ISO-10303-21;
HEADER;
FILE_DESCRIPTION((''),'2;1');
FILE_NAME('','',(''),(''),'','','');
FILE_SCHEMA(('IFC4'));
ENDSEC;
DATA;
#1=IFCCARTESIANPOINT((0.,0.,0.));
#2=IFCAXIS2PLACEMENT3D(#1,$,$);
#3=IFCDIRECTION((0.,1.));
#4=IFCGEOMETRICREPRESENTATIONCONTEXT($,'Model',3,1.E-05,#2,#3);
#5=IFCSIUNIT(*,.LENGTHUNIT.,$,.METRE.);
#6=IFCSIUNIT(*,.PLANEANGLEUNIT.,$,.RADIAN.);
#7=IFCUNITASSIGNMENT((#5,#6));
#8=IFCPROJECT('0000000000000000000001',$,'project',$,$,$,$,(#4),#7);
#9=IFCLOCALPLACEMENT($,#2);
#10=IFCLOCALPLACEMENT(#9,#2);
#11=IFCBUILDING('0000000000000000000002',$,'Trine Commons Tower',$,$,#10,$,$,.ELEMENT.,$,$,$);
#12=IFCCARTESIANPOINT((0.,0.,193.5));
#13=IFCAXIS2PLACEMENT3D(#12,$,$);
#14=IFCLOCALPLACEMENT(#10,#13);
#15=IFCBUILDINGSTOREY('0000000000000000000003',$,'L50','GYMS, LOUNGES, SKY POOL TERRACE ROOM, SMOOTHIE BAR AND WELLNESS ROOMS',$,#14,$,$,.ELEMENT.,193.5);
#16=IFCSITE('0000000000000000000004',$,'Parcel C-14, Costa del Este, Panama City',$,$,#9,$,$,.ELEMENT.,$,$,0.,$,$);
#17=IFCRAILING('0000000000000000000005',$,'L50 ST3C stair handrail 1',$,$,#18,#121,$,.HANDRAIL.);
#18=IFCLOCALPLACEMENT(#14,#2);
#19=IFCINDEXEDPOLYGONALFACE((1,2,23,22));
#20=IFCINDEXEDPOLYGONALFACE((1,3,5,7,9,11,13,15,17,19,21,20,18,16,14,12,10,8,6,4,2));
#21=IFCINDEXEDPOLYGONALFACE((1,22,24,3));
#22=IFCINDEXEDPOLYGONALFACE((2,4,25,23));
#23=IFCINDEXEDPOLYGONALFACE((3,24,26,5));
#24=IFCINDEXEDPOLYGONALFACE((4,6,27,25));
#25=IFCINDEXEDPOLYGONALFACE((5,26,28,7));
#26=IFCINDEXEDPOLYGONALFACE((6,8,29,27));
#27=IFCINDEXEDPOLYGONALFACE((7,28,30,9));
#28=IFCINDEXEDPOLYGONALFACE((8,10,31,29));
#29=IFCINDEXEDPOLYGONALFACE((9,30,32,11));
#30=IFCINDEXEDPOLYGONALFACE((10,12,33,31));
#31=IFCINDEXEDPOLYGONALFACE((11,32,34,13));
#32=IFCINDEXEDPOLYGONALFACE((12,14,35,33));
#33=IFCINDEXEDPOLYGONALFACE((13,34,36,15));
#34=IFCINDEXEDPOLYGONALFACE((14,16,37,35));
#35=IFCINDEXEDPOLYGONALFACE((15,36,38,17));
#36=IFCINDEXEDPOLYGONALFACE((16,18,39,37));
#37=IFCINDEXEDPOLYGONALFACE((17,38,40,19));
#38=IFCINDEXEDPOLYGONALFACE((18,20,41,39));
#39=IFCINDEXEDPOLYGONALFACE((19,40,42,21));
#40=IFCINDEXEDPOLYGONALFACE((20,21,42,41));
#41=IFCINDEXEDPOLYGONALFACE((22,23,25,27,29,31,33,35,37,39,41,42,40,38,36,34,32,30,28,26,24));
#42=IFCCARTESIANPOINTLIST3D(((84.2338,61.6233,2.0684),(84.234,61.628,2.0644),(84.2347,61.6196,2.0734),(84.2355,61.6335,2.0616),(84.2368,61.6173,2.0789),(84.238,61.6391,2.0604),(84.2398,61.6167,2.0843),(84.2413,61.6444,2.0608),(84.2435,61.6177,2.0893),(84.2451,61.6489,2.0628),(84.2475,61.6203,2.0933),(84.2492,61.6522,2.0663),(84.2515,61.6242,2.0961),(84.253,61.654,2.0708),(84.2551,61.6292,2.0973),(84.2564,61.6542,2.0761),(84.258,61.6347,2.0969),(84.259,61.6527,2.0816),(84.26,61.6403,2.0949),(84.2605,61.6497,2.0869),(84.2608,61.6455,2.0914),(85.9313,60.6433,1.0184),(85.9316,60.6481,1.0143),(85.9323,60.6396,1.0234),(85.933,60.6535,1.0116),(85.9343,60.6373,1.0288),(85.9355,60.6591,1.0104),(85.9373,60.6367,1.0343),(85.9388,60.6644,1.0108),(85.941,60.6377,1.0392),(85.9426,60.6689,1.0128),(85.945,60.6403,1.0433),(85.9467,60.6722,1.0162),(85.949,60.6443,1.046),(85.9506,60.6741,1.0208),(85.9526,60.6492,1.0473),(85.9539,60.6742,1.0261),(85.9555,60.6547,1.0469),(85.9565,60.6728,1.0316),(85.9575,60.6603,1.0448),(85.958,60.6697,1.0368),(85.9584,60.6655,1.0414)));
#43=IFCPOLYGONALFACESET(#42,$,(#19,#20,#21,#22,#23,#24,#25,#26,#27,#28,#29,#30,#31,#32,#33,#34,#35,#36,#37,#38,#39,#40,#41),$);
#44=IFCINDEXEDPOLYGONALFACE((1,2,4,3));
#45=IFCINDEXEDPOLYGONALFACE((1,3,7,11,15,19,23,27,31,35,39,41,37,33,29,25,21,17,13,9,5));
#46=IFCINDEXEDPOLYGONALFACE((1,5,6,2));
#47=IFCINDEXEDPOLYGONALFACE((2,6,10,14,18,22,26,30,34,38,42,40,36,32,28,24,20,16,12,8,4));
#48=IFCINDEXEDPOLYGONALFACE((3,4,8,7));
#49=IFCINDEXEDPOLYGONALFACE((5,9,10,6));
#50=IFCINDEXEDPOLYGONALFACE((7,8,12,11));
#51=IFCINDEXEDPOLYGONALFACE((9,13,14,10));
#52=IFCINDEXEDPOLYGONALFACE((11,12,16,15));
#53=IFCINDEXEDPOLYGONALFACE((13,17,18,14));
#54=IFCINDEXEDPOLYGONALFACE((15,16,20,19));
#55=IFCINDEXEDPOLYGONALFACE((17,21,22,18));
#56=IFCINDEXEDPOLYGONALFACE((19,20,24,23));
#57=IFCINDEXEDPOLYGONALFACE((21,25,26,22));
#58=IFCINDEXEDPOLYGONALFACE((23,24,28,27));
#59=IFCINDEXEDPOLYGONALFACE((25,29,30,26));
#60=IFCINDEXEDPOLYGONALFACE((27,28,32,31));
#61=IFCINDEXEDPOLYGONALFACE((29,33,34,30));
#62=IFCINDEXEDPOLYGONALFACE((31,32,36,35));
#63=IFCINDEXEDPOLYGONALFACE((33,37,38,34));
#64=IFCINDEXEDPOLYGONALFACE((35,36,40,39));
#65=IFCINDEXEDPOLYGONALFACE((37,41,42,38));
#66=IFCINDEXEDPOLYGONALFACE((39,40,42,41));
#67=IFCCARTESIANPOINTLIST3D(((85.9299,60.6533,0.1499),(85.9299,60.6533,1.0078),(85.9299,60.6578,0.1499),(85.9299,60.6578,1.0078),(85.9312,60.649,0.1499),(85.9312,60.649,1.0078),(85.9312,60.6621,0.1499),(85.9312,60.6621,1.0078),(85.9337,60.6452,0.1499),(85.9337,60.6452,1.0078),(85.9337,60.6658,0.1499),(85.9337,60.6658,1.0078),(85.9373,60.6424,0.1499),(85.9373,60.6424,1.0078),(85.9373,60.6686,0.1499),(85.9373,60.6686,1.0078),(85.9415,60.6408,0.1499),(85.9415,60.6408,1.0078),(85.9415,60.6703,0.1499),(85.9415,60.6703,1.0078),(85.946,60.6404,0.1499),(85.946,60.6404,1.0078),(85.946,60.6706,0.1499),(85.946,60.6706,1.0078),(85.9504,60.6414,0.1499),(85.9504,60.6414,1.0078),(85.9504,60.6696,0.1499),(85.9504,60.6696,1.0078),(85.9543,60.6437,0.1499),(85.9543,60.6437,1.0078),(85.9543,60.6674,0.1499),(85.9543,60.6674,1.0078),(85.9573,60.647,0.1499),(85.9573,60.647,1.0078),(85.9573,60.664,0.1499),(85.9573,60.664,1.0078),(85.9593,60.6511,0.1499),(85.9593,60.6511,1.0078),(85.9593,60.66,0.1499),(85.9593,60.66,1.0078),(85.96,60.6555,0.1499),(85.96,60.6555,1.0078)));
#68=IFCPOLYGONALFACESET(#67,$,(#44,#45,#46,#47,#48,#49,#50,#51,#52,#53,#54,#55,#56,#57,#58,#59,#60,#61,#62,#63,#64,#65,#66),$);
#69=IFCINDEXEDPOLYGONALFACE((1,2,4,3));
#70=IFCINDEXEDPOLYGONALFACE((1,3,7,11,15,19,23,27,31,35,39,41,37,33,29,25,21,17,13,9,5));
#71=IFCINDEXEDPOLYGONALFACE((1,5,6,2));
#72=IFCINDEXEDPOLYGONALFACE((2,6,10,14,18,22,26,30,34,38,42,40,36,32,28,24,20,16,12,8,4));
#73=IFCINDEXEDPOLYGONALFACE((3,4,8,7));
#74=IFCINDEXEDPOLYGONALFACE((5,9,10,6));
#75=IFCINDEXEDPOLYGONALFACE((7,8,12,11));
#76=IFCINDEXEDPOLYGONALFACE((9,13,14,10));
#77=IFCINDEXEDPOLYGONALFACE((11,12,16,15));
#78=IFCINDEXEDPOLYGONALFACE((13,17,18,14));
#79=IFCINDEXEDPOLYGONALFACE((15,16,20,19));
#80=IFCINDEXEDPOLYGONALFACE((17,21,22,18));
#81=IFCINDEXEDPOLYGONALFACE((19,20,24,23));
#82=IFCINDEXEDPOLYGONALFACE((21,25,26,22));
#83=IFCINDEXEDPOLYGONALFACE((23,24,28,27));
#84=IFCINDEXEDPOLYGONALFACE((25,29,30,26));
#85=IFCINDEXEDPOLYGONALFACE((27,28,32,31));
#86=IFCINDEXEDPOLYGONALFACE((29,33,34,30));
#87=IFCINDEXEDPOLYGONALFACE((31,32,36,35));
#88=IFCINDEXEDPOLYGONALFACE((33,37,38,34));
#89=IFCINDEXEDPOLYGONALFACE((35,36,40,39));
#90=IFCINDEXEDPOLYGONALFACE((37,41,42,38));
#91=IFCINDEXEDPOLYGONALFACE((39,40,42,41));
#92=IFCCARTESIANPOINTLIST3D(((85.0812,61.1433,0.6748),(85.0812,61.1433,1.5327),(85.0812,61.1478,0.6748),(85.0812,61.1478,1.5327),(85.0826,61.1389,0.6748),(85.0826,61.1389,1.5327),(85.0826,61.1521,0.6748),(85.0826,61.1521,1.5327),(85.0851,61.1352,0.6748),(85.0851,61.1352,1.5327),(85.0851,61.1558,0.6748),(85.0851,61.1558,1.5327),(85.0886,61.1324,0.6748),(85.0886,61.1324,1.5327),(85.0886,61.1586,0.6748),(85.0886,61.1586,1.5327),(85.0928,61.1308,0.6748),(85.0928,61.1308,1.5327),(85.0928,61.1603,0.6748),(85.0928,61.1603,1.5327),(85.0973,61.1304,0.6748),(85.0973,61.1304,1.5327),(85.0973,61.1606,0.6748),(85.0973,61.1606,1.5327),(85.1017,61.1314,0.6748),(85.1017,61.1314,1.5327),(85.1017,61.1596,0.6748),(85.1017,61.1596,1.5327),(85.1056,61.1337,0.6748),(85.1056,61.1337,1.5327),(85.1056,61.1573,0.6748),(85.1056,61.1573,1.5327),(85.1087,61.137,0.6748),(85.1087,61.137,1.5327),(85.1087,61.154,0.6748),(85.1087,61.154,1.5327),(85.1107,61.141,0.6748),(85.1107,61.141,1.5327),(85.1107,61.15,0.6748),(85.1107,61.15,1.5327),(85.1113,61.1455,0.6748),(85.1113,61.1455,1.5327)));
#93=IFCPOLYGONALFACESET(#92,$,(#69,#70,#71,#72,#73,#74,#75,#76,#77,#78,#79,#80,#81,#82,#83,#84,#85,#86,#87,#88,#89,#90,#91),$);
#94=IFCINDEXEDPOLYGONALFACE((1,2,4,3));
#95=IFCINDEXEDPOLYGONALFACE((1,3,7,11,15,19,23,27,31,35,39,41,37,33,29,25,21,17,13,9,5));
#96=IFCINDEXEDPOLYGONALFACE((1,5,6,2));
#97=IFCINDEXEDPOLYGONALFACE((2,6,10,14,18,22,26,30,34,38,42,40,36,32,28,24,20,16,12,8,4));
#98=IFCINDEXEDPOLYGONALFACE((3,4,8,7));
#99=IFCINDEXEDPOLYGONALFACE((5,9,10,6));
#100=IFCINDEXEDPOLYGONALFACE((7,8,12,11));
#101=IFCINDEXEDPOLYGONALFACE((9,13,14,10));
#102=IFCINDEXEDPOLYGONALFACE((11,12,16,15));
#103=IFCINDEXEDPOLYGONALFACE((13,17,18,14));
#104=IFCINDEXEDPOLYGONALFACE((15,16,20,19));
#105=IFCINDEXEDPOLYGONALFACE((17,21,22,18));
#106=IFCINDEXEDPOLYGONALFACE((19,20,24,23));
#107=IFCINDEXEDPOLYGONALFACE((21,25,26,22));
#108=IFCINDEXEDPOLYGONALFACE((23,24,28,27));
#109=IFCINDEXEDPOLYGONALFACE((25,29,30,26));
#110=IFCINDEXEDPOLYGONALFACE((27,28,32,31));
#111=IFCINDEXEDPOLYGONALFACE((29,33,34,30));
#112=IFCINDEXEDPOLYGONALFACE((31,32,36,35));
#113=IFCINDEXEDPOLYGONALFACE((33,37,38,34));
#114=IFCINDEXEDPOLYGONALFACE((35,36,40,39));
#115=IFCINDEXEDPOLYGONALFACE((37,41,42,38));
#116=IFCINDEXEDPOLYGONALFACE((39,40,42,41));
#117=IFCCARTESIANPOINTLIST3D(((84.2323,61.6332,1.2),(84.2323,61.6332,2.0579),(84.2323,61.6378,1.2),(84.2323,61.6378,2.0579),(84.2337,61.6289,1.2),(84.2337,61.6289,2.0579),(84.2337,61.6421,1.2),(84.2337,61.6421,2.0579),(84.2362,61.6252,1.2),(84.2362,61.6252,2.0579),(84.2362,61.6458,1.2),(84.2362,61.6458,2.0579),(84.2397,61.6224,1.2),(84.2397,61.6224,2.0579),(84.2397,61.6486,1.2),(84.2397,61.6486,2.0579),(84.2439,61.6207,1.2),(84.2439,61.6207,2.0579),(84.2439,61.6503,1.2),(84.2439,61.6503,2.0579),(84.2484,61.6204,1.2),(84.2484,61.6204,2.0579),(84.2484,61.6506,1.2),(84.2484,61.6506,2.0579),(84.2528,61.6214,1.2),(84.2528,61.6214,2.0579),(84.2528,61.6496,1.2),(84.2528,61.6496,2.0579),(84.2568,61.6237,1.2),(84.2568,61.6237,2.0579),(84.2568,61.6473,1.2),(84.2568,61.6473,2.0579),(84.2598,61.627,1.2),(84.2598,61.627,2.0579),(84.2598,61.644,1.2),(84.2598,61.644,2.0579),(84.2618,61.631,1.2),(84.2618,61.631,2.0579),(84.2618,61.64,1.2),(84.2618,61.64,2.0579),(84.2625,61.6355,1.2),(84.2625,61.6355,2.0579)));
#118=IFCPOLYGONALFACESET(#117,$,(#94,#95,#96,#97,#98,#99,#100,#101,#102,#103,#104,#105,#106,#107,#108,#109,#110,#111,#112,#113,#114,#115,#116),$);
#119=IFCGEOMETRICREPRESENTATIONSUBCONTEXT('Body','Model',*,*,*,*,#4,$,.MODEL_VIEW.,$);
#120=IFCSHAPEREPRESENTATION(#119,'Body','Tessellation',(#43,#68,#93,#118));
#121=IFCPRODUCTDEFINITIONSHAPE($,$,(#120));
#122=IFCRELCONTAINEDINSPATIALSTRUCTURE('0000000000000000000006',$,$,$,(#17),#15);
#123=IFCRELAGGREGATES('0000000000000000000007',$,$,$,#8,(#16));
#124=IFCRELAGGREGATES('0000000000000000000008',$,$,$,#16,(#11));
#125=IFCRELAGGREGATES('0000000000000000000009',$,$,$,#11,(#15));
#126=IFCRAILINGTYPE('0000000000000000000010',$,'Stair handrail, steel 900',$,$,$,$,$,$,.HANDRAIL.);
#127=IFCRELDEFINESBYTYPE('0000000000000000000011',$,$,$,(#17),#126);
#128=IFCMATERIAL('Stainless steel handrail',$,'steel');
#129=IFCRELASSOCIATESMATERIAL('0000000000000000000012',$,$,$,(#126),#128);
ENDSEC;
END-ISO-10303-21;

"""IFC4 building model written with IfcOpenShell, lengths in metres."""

from ifc_helpers import new_model, si_unit, direction, frame, origin, origin_2d, place, context, subcontext, project, spatial, circle, extrude, material, type_object, element, save


model = new_model("IFC4")

# Units and contexts
model_context = context("Model", 3, precision=1e-05, world=origin(), true_north=direction((0.0, 1.0)))
body_context = subcontext(model_context, "Body", "Model", "MODEL_VIEW")
ifc_project = project(units=[si_unit("LENGTHUNIT", "METRE"), si_unit("PLANEANGLEUNIT", "RADIAN")], contexts=[model_context])

# Site, building, storey
site_placement = place(None, origin())
site = spatial("IfcSite", under=ifc_project, at=site_placement, Name="Parcel C-14, Costa del Este, Panama City", CompositionType="ELEMENT", RefElevation=0.0)
building_placement = place(site_placement, origin())
building = spatial("IfcBuilding", under=site, at=building_placement, Name="Trine Commons Tower", CompositionType="ELEMENT")
storey_placement = place(building_placement, frame((0.0, 0.0, 193.5)))
storey = spatial("IfcBuildingStorey", under=building, at=storey_placement, Name="L50", Description="GYMS, LOUNGES, SKY POOL TERRACE ROOM, SMOOTHIE BAR AND WELLNESS ROOMS", CompositionType="ELEMENT", Elevation=193.5)

# Railing
ifc_material_1 = material(Name="Stainless steel handrail", Category="steel")
railing_type_1 = type_object("IfcRailingType", Name="Stair handrail, steel 900", PredefinedType="HANDRAIL", material=ifc_material_1)
railing_1_placement = place(storey_placement, frame((85.9448, 60.6555, 0.1499)))
element("IfcRailing", 1, at=railing_1_placement, inside=storey, type_object=railing_type_1, Name="L50 ST3C stair handrail 1", PredefinedType="HANDRAIL", context=body_context, shape_type="SweptSolid", body=[
    extrude(circle(Radius=0.021, at=origin_2d()), frame((0.0, 0.0, 0.8789), z_axis=(-0.763398, 0.440713, 0.472224), x_axis=(-0.49997, -0.866042, 0.0)), (0.0, 0.0, 1.0), 2.2236),
    extrude(circle(Radius=0.0151, at=origin_2d()), origin(), (0.0, 0.0, 1.0), 0.8579),
    extrude(circle(Radius=0.0151, at=origin_2d()), frame((-0.8486, 0.49, 0.5249)), (0.0, 0.0, 1.0), 0.8579),
    extrude(circle(Radius=0.0151, at=origin_2d()), frame((-1.6975, 0.98, 1.05)), (0.0, 0.0, 1.0), 0.8579),
])

save(model, "model.ifc")
